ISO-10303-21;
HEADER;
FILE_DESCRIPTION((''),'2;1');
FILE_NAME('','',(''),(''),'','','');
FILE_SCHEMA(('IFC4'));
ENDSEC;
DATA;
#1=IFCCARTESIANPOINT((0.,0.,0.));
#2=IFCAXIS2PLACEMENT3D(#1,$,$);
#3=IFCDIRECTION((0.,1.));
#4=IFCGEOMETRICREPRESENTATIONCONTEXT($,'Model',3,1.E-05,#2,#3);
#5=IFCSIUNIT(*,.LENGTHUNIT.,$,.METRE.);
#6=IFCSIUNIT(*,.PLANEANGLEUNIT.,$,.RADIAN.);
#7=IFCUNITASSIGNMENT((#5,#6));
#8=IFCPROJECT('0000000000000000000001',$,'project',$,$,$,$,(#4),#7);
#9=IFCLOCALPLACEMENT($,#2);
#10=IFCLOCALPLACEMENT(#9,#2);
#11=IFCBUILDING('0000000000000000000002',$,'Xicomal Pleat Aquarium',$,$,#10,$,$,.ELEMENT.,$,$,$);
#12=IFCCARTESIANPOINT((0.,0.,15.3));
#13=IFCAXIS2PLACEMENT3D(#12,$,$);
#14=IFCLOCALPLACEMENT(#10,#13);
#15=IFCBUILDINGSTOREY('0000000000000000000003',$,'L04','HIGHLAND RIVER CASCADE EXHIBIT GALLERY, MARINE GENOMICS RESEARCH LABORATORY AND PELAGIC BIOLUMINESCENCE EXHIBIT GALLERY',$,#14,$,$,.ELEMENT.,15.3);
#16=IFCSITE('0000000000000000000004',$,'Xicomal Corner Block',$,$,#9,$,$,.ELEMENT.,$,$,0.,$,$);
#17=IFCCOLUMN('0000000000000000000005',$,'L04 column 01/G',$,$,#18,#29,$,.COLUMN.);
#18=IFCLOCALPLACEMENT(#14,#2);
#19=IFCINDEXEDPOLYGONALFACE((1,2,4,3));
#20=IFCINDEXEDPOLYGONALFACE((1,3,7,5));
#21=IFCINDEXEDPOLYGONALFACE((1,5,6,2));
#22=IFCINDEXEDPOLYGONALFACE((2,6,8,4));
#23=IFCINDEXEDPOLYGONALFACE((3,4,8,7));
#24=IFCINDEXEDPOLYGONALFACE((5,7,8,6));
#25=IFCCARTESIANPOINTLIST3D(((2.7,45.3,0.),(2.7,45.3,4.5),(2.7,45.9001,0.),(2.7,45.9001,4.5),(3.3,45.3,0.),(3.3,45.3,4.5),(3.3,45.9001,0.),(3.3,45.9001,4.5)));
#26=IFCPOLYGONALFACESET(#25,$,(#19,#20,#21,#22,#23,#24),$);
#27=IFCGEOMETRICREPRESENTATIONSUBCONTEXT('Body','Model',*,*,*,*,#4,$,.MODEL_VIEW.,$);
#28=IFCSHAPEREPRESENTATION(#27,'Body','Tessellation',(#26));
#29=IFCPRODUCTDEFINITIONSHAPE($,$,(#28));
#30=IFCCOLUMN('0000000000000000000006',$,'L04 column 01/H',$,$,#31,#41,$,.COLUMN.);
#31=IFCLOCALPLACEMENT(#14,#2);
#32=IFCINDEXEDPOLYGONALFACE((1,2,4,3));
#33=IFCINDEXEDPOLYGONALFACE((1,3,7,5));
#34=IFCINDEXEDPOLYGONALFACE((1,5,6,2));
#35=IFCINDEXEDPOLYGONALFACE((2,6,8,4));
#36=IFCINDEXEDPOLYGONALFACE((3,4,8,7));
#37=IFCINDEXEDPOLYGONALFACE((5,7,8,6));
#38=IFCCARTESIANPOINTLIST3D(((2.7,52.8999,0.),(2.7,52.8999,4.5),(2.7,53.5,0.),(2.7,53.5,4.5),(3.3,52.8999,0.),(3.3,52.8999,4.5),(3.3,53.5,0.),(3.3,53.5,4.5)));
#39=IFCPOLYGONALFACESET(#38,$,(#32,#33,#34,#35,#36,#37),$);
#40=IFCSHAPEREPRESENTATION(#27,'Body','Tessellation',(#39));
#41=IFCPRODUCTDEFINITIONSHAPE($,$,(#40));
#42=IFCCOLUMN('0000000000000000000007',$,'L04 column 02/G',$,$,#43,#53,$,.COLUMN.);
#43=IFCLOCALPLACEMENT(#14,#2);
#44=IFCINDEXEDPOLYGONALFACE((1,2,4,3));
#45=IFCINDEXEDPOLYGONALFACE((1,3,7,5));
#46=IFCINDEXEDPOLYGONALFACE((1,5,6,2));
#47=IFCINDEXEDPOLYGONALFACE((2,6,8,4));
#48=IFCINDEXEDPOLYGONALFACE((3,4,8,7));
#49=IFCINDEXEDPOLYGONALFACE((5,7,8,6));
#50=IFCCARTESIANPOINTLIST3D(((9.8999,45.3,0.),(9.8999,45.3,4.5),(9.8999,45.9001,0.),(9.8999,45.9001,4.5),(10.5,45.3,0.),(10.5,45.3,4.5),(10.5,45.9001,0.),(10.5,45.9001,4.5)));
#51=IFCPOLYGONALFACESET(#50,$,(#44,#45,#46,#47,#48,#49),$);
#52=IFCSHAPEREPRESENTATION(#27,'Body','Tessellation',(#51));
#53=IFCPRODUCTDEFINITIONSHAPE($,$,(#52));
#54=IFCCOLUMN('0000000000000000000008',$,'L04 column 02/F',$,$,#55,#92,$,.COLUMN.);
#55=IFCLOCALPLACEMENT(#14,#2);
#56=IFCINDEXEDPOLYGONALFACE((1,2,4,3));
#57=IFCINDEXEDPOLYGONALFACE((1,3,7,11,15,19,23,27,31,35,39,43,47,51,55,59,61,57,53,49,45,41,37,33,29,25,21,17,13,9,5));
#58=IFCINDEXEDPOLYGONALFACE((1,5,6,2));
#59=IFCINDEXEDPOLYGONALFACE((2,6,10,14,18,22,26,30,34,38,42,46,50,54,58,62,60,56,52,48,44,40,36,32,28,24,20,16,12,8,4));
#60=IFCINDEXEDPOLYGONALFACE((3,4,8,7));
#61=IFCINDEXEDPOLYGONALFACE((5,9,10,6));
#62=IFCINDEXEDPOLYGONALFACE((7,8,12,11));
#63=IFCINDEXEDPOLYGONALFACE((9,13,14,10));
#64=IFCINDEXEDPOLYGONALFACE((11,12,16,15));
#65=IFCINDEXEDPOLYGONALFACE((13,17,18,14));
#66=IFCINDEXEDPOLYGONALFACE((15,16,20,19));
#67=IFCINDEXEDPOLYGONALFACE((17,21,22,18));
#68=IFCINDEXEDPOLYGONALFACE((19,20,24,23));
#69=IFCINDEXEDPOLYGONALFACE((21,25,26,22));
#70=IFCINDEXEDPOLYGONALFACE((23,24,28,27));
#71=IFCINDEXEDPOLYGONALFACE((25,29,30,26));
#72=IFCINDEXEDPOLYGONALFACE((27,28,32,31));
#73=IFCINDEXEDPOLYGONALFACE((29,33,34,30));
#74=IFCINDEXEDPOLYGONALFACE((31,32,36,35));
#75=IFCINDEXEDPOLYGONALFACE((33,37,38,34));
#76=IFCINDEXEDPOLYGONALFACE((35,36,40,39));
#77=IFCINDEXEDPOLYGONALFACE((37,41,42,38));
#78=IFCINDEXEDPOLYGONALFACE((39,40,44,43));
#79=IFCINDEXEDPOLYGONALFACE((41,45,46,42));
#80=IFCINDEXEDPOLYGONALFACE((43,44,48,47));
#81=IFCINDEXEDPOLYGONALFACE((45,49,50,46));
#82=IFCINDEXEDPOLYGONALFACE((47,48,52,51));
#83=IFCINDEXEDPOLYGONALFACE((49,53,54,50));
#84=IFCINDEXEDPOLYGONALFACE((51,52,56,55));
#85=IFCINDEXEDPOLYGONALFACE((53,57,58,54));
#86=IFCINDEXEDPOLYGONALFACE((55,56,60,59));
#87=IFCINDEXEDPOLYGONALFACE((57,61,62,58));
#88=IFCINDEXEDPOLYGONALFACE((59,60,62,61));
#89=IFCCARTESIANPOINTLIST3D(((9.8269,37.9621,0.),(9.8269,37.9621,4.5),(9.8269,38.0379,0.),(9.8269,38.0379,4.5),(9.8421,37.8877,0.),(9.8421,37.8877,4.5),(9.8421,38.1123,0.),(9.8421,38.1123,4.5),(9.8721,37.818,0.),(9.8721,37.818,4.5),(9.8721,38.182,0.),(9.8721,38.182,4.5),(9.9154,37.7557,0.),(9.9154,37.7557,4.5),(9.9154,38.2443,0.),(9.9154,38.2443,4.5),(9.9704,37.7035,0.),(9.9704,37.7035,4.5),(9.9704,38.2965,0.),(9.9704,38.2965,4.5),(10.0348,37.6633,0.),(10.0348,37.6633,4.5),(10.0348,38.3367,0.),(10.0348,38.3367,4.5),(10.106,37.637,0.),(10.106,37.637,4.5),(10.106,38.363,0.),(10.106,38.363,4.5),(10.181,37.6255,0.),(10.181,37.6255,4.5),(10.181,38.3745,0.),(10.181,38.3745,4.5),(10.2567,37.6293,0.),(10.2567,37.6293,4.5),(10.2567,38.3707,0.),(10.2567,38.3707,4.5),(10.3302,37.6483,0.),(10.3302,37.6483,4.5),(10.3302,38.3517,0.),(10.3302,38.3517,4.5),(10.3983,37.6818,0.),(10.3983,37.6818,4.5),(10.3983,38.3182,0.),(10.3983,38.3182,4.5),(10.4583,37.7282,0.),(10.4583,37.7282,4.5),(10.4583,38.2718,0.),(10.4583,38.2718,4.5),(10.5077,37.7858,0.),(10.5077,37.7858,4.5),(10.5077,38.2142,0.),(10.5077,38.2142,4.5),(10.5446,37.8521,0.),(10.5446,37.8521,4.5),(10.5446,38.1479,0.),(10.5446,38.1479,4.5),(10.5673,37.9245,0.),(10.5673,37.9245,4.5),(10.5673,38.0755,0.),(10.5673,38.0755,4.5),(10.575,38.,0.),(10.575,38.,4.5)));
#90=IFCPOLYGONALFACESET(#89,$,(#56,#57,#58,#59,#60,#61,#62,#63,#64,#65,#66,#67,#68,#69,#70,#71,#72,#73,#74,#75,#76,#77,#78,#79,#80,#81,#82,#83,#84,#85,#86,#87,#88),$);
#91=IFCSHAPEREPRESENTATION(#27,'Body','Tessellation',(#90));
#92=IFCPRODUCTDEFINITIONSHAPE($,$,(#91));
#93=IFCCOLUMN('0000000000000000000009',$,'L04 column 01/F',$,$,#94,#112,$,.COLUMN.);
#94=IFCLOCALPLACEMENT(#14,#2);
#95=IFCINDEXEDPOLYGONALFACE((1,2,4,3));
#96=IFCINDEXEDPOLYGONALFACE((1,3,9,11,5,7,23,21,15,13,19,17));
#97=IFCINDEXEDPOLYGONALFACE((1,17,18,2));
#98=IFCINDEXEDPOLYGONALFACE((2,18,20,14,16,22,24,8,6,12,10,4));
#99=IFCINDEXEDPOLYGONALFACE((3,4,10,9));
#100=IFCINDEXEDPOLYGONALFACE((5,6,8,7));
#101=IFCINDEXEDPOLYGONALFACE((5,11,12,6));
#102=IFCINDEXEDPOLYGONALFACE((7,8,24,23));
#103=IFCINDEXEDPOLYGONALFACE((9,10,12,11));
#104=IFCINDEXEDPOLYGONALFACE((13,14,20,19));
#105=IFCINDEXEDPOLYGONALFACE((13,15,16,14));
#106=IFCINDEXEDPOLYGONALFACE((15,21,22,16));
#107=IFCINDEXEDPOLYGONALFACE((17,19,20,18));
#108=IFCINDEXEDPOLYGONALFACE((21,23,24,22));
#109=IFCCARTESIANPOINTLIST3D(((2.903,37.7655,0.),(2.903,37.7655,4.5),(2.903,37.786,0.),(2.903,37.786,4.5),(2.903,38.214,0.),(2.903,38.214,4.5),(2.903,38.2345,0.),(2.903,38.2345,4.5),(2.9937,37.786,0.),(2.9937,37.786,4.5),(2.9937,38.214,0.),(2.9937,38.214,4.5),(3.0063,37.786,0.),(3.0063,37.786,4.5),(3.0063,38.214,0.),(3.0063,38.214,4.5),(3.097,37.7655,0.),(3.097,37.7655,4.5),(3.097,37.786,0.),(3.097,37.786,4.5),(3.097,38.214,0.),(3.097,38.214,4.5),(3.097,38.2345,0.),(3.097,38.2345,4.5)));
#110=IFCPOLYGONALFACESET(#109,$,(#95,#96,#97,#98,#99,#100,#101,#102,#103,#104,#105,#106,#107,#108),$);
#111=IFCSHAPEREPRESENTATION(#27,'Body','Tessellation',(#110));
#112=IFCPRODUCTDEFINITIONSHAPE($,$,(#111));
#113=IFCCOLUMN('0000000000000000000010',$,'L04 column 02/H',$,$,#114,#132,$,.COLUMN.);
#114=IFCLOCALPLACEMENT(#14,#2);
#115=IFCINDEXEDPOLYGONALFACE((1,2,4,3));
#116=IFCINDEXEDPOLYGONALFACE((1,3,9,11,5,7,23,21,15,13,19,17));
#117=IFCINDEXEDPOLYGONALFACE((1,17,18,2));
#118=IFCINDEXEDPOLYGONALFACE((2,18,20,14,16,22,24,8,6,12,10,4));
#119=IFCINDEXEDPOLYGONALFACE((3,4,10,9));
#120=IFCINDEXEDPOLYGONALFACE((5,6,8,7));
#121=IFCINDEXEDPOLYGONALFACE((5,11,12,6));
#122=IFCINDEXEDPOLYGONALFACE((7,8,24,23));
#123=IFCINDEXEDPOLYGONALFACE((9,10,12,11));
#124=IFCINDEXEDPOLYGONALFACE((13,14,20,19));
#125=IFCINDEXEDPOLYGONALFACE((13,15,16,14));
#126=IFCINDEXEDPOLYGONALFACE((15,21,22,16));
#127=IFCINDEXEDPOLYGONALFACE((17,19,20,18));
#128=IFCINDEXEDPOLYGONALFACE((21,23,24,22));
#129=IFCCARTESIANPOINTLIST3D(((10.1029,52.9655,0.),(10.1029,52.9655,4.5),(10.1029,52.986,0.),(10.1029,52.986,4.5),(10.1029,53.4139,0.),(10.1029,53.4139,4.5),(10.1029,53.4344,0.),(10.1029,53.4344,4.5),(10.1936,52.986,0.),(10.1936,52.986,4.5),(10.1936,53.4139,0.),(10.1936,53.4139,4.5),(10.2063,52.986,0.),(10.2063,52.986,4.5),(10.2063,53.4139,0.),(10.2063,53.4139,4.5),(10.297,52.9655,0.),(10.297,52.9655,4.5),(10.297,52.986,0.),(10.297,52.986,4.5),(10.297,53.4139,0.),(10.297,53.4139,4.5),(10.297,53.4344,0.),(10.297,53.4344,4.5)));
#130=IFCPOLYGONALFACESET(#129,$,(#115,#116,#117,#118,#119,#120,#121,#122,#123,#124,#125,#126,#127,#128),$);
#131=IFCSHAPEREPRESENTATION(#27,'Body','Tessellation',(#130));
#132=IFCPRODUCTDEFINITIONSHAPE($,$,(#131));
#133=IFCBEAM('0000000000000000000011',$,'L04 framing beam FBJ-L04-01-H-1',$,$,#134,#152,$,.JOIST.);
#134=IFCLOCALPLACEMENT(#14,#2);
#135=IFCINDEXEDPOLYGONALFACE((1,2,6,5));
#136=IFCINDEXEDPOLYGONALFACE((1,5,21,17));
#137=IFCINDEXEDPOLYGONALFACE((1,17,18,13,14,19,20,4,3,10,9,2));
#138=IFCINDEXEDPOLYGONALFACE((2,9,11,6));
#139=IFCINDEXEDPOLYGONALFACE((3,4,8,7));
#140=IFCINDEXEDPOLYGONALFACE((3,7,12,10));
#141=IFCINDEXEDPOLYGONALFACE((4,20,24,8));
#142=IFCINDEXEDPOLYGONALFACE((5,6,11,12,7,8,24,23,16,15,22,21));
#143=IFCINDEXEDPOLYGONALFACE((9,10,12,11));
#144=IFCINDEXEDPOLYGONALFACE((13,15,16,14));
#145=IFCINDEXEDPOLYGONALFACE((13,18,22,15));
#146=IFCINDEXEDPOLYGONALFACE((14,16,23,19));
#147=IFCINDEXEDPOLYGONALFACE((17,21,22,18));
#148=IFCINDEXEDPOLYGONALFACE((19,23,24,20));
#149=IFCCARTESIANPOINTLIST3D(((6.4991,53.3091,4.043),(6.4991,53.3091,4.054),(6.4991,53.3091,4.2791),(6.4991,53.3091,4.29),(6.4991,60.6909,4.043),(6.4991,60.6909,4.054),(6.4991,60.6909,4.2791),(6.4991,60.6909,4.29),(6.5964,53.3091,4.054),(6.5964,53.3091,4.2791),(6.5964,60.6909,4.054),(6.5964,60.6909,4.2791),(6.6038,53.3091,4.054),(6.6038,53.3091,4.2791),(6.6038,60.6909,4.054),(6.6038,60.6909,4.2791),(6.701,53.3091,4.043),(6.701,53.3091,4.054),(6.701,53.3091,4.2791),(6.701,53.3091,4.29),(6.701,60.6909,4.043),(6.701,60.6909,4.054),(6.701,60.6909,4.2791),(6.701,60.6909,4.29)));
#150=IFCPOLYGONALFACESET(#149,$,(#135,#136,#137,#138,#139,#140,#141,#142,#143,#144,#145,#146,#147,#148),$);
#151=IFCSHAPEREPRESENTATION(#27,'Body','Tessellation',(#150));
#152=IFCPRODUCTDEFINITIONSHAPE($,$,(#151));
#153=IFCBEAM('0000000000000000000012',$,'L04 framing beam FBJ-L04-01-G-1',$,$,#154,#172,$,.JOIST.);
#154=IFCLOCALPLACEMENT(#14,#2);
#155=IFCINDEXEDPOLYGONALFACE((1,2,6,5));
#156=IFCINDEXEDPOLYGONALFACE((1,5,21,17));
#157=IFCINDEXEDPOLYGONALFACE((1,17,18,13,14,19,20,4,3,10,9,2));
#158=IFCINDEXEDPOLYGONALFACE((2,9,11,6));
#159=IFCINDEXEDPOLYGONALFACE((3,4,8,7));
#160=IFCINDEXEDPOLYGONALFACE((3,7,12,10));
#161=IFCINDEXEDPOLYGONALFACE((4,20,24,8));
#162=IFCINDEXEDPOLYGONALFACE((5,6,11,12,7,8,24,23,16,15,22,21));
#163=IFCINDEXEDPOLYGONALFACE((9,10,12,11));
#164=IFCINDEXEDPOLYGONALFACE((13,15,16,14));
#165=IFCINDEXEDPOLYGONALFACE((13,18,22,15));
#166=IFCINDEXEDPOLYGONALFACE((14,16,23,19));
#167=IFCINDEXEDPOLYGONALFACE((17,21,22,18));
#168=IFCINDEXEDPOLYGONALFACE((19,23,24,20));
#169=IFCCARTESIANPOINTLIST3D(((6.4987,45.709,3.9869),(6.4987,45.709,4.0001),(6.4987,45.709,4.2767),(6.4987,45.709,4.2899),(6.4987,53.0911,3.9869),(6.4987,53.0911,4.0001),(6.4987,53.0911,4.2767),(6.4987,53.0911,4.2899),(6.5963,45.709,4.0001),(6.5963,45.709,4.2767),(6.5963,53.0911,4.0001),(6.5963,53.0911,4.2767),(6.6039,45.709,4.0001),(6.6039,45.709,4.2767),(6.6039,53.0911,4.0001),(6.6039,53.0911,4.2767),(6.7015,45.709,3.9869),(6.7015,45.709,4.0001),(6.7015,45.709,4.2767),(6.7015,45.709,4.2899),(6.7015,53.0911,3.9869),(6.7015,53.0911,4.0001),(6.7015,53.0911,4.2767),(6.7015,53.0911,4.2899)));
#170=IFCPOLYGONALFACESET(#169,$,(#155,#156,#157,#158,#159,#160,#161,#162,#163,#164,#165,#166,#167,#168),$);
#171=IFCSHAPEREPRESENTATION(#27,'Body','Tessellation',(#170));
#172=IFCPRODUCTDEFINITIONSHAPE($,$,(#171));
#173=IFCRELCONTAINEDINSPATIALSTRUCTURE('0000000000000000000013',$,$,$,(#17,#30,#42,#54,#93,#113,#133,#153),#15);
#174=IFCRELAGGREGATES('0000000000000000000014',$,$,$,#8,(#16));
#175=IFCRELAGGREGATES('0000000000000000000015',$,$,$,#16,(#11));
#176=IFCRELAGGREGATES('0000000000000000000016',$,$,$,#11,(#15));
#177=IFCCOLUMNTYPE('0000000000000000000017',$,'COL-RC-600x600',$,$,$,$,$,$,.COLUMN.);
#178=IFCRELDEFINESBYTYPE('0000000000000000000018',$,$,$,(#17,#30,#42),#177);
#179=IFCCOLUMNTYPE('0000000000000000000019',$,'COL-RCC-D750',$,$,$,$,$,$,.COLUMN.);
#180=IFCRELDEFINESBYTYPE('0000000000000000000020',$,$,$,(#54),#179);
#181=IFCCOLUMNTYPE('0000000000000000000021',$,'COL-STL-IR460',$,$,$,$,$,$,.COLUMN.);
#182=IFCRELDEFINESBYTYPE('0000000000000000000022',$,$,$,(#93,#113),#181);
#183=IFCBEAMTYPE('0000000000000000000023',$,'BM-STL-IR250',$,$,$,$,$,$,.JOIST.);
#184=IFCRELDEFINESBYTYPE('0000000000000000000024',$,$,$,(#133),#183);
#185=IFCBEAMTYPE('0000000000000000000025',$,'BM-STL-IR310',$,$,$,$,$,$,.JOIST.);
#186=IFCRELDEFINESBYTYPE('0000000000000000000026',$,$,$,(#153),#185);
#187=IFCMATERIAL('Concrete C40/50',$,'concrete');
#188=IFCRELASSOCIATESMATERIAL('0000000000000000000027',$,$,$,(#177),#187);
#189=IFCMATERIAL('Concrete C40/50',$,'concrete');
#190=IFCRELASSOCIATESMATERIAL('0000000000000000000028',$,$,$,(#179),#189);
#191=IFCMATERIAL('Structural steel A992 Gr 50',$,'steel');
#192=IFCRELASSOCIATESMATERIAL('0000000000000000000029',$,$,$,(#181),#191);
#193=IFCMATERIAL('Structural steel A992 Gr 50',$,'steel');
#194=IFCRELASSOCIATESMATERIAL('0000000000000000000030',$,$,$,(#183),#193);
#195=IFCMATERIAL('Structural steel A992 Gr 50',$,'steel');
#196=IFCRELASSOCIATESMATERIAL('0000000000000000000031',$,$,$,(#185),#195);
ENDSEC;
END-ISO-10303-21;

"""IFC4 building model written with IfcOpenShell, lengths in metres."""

from ifc_helpers import new_model, si_unit, direction, frame, origin, origin_2d, place, context, subcontext, project, spatial, rectangle, circle, i_section, extrude, material, material_profile, profile_set, type_object, element, save


model = new_model("IFC4")

# Units and contexts
model_context = context("Model", 3, precision=1e-05, world=origin(), true_north=direction((0.0, 1.0)))
body_context = subcontext(model_context, "Body", "Model", "MODEL_VIEW")
ifc_project = project(units=[si_unit("LENGTHUNIT", "METRE"), si_unit("PLANEANGLEUNIT", "RADIAN")], contexts=[model_context])

# Site, building, storey
site_placement = place(None, origin())
site = spatial("IfcSite", under=ifc_project, at=site_placement, Name="Xicomal Corner Block", CompositionType="ELEMENT", RefElevation=0.0)
building_placement = place(site_placement, origin())
building = spatial("IfcBuilding", under=site, at=building_placement, Name="Xicomal Pleat Aquarium", CompositionType="ELEMENT")
storey_placement = place(building_placement, frame((0.0, 0.0, 15.3)))
storey = spatial("IfcBuildingStorey", under=building, at=storey_placement, Name="L04", Description="HIGHLAND RIVER CASCADE EXHIBIT GALLERY, MARINE GENOMICS RESEARCH LABORATORY AND PELAGIC BIOLUMINESCENCE EXHIBIT GALLERY", CompositionType="ELEMENT", Elevation=15.3)

# Columns
ifc_material_1 = material(Name="Concrete C40/50", Category="concrete")
ifc_material_profile_1 = material_profile(ifc_material_1, rectangle(XDim=0.6001, YDim=0.6001, at=origin_2d()), Name="RC 600x600")
ifc_profile_set_1 = profile_set([ifc_material_profile_1], Name="Concrete C40/50")
column_type_1 = type_object("IfcColumnType", Name="COL-RC-600x600", PredefinedType="COLUMN", material=ifc_profile_set_1)
for number, where, z_axis, x_axis, name in (
    (1, (3.0, 45.6001, 0.0), (0.0, 0.0, 1.0), (1.0, 0.0, 0.0), "L04 column 01/G"),
    (2, (3.0, 53.2, 0.0), (0.0, 0.0, 1.0), (1.0, 0.0, 0.0), "L04 column 01/H"),
    (3, (10.2, 45.6001, 0.0), (0.0, 0.0, 1.0), (1.0, 0.0, 0.0), "L04 column 02/G"),
):
    element("IfcColumn", number, at=place(storey_placement, frame(where, z_axis=z_axis, x_axis=x_axis)), inside=storey, type_object=column_type_1, Name=name, PredefinedType="COLUMN", context=body_context, shape_type="SweptSolid", body=[
        extrude(rectangle(XDim=0.6001, YDim=0.6001, at=origin_2d()), origin(), (0.0, 0.0, 1.0), 4.5),
    ])
ifc_material_2 = material(Name="Concrete C40/50", Category="concrete")
ifc_material_profile_2 = material_profile(ifc_material_2, circle(Radius=0.375, at=origin_2d()), Name="RCC D750")
ifc_profile_set_2 = profile_set([ifc_material_profile_2], Name="Concrete C40/50")
column_type_2 = type_object("IfcColumnType", Name="COL-RCC-D750", PredefinedType="COLUMN", material=ifc_profile_set_2)
column_placement = place(storey_placement, frame((10.2, 38.0, 0.0), z_axis=(0.0, 0.0, 1.0), x_axis=(1.0, 0.0, 0.0)))
element("IfcColumn", 4, at=column_placement, inside=storey, type_object=column_type_2, Name="L04 column 02/F", PredefinedType="COLUMN", context=body_context, shape_type="SweptSolid", body=[
    extrude(circle(Radius=0.375, at=origin_2d()), origin(), (0.0, 0.0, 1.0), 4.5),
])
ifc_material_3 = material(Name="Structural steel A992 Gr 50", Category="steel")
ifc_material_profile_3 = material_profile(ifc_material_3, i_section(OverallWidth=0.1941, OverallDepth=0.469, WebThickness=0.0127, FlangeThickness=0.0205, at=origin_2d()), Name="IR 460x106")
ifc_profile_set_3 = profile_set([ifc_material_profile_3], Name="Structural steel A992 Gr 50")
column_type_3 = type_object("IfcColumnType", Name="COL-STL-IR460", PredefinedType="COLUMN", material=ifc_profile_set_3)
for number, where, z_axis, x_axis, name in (
    (5, (3.0, 38.0, 0.0), (0.0, 0.0, 1.0), (1.0, 0.0, 0.0), "L04 column 01/F"),
    (6, (10.2, 53.2, 0.0), (0.0, 0.0, 1.0), (1.0, 0.0, 0.0), "L04 column 02/H"),
):
    element("IfcColumn", number, at=place(storey_placement, frame(where, z_axis=z_axis, x_axis=x_axis)), inside=storey, type_object=column_type_3, Name=name, PredefinedType="COLUMN", context=body_context, shape_type="SweptSolid", body=[
        extrude(i_section(OverallWidth=0.1941, OverallDepth=0.469, WebThickness=0.0127, FlangeThickness=0.0205, at=origin_2d()), origin(), (0.0, 0.0, 1.0), 4.5),
    ])

# Beams
ifc_material_4 = material(Name="Structural steel A992 Gr 50", Category="steel")
ifc_material_profile_4 = material_profile(ifc_material_4, i_section(OverallWidth=0.2019, OverallDepth=0.2471, WebThickness=0.0073, FlangeThickness=0.011, at=origin_2d()), Name="IR 250x49")
ifc_profile_set_4 = profile_set([ifc_material_profile_4], Name="Structural steel A992 Gr 50")
beam_type_1 = type_object("IfcBeamType", Name="BM-STL-IR250", PredefinedType="JOIST", material=ifc_profile_set_4)
beam_1_placement = place(storey_placement, frame((6.6001, 53.3091, 4.1665), z_axis=(0.0, 1.0, 0.0), x_axis=(-1.0, 0.0, 0.0)))
element("IfcBeam", 7, at=beam_1_placement, inside=storey, type_object=beam_type_1, Name="L04 framing beam FBJ-L04-01-H-1", PredefinedType="JOIST", context=body_context, shape_type="SweptSolid", body=[
    extrude(i_section(OverallWidth=0.2019, OverallDepth=0.2471, WebThickness=0.0073, FlangeThickness=0.011, at=origin_2d()), origin(), (0.0, 0.0, 1.0), 7.3818),
])
ifc_material_5 = material(Name="Structural steel A992 Gr 50", Category="steel")
ifc_material_profile_5 = material_profile(ifc_material_5, i_section(OverallWidth=0.2029, OverallDepth=0.303, WebThickness=0.0076, FlangeThickness=0.0132, at=origin_2d()), Name="IR 310x60")
ifc_profile_set_5 = profile_set([ifc_material_profile_5], Name="Structural steel A992 Gr 50")
beam_type_2 = type_object("IfcBeamType", Name="BM-STL-IR310", PredefinedType="JOIST", material=ifc_profile_set_5)
beam_2_placement = place(storey_placement, frame((6.6001, 45.709, 4.1384), z_axis=(0.0, 1.0, 0.0), x_axis=(-1.0, 0.0, 0.0)))
element("IfcBeam", 8, at=beam_2_placement, inside=storey, type_object=beam_type_2, Name="L04 framing beam FBJ-L04-01-G-1", PredefinedType="JOIST", context=body_context, shape_type="SweptSolid", body=[
    extrude(i_section(OverallWidth=0.2029, OverallDepth=0.303, WebThickness=0.0076, FlangeThickness=0.0132, at=origin_2d()), origin(), (0.0, 0.0, 1.0), 7.3821),
])

save(model, "model.ifc")
